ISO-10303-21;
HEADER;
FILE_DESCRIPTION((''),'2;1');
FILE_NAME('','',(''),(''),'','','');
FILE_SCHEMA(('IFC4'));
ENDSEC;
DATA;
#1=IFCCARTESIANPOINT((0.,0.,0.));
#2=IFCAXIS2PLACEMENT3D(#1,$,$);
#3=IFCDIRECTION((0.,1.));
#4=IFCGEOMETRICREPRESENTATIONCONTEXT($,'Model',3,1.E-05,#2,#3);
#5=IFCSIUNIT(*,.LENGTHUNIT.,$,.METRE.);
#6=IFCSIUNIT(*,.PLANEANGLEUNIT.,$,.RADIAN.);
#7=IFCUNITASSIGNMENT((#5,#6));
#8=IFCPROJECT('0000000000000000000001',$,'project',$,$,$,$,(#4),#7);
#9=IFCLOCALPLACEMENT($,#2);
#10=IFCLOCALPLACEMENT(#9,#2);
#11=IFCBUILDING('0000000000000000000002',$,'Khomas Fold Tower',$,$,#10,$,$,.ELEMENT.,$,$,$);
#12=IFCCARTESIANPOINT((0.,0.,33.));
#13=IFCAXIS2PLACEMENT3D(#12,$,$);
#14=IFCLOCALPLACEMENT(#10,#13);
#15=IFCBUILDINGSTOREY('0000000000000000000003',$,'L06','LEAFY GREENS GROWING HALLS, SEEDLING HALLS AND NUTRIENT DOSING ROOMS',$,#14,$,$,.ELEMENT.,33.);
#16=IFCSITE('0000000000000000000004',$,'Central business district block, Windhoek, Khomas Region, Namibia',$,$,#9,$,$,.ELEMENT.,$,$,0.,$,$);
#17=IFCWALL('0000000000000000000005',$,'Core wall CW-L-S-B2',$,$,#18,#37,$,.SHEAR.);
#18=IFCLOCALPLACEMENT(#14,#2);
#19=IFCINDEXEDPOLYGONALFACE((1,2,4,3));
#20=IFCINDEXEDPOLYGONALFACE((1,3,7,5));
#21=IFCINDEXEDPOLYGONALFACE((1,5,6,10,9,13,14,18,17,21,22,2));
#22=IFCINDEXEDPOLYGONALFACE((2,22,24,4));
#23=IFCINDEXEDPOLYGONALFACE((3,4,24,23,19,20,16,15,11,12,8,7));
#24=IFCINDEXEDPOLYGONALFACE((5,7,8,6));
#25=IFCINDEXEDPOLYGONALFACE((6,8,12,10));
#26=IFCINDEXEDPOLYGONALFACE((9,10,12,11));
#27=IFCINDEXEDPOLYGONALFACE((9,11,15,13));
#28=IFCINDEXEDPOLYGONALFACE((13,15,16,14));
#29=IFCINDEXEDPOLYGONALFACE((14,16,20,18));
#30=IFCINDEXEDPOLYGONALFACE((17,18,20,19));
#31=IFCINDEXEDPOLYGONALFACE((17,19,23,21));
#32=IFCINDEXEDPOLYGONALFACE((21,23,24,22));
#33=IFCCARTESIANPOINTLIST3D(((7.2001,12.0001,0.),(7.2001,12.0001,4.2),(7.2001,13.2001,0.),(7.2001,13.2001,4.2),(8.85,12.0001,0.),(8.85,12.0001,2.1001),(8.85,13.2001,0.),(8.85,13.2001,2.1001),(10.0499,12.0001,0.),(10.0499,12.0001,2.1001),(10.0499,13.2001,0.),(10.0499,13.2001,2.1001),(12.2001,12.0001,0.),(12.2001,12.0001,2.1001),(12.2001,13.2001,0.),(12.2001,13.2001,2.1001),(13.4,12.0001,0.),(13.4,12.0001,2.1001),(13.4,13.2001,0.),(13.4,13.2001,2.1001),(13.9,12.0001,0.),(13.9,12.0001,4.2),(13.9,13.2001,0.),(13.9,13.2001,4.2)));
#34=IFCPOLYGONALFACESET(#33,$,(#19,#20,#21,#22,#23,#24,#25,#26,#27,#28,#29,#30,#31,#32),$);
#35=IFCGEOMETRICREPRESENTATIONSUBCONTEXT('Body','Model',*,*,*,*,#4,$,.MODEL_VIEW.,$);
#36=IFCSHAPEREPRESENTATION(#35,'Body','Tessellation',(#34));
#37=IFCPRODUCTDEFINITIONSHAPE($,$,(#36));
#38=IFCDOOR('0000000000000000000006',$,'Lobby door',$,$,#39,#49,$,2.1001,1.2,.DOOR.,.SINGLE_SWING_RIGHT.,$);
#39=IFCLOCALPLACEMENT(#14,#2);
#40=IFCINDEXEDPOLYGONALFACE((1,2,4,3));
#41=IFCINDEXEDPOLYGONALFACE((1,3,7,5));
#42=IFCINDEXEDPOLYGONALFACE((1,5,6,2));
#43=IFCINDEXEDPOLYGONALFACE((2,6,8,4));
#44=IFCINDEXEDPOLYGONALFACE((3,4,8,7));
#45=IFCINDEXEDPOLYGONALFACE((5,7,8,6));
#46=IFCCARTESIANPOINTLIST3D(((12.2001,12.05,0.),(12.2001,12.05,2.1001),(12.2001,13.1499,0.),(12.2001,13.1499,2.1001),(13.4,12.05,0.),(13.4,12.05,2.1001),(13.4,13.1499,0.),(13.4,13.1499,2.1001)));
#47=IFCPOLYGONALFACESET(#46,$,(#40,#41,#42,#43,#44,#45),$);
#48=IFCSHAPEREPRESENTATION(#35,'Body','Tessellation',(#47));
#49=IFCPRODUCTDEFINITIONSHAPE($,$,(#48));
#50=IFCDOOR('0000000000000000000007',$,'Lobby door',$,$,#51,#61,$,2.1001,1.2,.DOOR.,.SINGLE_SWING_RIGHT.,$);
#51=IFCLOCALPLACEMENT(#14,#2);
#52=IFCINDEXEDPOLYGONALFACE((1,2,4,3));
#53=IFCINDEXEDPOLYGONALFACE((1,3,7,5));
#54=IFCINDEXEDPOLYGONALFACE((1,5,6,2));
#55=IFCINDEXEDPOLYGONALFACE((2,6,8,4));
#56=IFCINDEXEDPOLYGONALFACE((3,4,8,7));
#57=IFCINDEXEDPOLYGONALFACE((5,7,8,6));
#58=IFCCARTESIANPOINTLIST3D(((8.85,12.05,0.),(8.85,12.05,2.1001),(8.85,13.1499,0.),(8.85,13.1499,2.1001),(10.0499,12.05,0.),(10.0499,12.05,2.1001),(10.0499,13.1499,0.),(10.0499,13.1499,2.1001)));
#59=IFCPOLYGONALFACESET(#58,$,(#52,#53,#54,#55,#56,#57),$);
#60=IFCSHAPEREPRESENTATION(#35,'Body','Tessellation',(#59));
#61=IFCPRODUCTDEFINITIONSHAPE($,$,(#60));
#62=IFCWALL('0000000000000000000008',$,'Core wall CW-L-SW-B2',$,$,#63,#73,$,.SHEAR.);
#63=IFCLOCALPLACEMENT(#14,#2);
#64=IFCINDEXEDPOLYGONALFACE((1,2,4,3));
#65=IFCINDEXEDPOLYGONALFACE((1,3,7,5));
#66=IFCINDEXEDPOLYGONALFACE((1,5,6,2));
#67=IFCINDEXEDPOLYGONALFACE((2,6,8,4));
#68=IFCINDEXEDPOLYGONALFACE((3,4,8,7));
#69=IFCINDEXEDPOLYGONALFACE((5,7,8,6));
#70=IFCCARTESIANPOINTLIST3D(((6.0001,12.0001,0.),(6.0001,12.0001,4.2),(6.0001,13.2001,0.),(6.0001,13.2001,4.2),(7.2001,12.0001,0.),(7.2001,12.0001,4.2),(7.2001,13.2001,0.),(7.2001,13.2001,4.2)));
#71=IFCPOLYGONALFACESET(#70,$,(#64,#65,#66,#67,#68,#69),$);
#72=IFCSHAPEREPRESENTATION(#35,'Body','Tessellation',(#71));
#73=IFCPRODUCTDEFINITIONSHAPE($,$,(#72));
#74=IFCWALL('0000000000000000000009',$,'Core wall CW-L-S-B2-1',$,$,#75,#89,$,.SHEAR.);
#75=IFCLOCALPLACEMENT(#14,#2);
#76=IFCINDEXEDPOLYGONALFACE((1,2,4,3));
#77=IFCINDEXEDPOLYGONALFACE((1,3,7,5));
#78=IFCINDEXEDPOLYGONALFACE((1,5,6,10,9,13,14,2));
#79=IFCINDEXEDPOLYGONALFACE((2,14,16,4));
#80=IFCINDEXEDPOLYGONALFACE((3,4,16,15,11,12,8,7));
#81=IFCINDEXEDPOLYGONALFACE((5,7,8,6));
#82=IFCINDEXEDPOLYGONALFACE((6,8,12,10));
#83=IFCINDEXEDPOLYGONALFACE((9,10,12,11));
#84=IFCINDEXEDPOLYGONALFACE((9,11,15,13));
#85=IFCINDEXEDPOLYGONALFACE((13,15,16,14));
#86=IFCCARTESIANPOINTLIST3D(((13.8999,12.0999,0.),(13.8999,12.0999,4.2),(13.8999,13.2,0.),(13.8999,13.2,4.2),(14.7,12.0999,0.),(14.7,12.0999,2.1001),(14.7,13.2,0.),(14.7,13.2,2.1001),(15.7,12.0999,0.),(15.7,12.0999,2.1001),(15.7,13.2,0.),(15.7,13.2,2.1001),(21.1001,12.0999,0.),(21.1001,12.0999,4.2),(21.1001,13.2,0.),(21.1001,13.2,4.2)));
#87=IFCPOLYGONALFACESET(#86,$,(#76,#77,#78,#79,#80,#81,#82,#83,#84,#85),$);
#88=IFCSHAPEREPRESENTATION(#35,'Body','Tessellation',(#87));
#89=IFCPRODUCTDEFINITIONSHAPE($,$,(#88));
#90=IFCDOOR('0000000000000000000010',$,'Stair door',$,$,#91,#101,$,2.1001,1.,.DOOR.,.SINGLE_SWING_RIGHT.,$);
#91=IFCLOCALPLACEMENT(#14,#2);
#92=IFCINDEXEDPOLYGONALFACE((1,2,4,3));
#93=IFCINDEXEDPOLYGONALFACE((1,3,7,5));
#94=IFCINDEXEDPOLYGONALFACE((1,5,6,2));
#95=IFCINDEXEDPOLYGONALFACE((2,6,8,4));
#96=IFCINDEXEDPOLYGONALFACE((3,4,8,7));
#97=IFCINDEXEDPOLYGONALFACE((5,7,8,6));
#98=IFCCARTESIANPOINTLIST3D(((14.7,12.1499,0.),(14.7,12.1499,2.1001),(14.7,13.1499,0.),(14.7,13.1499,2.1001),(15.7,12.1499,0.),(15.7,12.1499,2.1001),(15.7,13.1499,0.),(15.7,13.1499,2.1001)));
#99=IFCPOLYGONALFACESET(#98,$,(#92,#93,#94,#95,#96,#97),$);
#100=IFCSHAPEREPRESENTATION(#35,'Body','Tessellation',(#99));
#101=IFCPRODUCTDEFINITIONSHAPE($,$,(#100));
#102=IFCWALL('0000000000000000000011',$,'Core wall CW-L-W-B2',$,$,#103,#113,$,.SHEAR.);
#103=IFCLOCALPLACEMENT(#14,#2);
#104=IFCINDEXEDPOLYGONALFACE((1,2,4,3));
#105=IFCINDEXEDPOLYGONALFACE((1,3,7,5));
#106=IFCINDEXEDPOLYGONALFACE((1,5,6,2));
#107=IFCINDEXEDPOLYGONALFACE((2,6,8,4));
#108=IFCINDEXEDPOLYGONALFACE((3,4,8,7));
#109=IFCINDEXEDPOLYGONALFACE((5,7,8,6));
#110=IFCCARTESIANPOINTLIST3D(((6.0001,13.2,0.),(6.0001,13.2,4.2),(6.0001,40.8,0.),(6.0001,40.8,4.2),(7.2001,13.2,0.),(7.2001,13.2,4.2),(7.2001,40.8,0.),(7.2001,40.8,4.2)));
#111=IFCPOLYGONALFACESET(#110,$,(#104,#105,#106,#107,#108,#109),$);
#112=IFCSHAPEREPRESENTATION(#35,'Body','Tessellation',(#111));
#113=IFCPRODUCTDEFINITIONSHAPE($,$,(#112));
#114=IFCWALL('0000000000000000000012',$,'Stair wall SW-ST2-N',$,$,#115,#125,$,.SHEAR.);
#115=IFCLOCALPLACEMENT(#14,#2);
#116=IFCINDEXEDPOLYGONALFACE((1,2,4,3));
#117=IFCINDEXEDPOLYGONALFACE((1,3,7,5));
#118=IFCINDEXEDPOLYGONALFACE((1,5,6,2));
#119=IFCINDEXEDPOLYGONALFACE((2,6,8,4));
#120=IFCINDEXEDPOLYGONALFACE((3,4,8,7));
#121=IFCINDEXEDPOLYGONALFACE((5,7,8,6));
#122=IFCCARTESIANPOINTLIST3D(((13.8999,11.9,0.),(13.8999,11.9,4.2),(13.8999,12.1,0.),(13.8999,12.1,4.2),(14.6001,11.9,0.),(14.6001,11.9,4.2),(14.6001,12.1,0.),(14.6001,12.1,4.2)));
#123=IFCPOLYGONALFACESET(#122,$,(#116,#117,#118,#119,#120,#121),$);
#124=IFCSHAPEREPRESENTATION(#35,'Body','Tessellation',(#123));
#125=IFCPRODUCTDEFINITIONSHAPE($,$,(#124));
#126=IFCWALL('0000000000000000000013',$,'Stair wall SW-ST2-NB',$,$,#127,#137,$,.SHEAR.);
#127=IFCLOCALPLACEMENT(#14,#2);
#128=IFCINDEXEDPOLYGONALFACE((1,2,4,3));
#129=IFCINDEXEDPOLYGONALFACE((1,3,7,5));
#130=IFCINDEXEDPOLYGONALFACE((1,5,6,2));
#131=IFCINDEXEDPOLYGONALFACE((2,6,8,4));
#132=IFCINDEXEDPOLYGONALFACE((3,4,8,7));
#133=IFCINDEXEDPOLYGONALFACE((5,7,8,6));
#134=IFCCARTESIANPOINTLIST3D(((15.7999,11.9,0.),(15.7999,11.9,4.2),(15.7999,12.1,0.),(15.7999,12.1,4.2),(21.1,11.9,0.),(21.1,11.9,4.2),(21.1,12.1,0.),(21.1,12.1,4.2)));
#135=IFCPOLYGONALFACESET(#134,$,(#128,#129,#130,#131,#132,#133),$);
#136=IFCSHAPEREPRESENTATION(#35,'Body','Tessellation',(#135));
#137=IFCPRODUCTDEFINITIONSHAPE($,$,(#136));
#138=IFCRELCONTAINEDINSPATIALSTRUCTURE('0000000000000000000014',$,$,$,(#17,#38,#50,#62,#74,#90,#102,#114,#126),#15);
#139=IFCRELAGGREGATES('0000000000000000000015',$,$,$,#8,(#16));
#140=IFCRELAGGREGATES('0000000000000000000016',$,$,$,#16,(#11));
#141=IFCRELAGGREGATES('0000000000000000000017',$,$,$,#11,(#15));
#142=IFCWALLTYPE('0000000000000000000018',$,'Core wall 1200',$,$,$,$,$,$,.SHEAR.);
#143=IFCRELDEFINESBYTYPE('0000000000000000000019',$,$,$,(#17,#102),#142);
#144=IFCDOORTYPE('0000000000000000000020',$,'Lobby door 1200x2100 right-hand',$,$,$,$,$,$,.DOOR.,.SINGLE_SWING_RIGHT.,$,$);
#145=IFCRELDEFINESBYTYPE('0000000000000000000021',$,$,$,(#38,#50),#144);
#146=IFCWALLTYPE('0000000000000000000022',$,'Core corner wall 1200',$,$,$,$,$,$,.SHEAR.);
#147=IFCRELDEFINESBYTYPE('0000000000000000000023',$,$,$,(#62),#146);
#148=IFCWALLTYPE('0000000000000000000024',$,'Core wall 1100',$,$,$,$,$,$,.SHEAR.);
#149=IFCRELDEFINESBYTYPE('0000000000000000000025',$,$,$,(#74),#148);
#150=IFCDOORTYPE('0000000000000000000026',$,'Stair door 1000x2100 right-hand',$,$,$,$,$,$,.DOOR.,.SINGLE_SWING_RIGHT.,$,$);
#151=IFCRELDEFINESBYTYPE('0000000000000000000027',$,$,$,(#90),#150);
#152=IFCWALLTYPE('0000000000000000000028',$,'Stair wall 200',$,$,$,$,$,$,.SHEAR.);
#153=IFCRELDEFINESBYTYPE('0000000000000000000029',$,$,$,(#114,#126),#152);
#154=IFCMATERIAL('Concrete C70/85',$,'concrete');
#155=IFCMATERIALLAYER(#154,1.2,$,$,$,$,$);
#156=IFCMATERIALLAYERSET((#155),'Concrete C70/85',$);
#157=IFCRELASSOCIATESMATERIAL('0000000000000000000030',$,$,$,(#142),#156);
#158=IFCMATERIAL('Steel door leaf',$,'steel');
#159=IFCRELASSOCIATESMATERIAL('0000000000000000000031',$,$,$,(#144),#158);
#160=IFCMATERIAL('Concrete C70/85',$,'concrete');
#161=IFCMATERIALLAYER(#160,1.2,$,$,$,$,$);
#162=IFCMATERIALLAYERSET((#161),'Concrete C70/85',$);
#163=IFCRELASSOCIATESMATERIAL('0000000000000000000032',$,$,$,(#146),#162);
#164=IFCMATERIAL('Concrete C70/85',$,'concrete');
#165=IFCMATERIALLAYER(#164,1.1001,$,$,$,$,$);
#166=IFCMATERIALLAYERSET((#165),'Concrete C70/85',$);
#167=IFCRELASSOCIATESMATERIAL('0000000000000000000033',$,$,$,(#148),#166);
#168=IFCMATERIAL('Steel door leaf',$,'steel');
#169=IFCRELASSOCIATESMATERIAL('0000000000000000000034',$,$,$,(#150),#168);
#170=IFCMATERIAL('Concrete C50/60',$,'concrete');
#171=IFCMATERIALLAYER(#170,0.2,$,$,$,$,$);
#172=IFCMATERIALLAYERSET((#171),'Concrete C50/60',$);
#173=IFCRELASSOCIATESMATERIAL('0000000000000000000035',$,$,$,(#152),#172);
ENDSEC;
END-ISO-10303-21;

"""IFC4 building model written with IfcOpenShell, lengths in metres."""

from ifc_helpers import new_model, si_unit, direction, frame, frame_2d, origin, place, context, subcontext, project, spatial, rectangle, extrude, source, transform, mapped, material, layer, layer_set, type_object, element, fill, save


model = new_model("IFC4")

# Units and contexts
model_context = context("Model", 3, precision=1e-05, world=origin(), true_north=direction((0.0, 1.0)))
body_context = subcontext(model_context, "Body", "Model", "MODEL_VIEW")
ifc_project = project(units=[si_unit("LENGTHUNIT", "METRE"), si_unit("PLANEANGLEUNIT", "RADIAN")], contexts=[model_context])

# Site, building, storey
site_placement = place(None, origin())
site = spatial("IfcSite", under=ifc_project, at=site_placement, Name="Central business district block, Windhoek, Khomas Region, Namibia", CompositionType="ELEMENT", RefElevation=0.0)
building_placement = place(site_placement, origin())
building = spatial("IfcBuilding", under=site, at=building_placement, Name="Khomas Fold Tower", CompositionType="ELEMENT")
storey_placement = place(building_placement, frame((0.0, 0.0, 33.0)))
storey = spatial("IfcBuildingStorey", under=building, at=storey_placement, Name="L06", Description="LEAFY GREENS GROWING HALLS, SEEDLING HALLS AND NUTRIENT DOSING ROOMS", CompositionType="ELEMENT", Elevation=33.0)

# Wall, openings, doors
ifc_material_1 = material(Name="Concrete C70/85", Category="concrete")
ifc_layer_1 = layer(ifc_material_1, 1.2)
ifc_layer_set_1 = layer_set([ifc_layer_1], Name="Concrete C70/85")
wall_type_1 = type_object("IfcWallType", Name="Core wall 1200", PredefinedType="SHEAR", material=ifc_layer_set_1)
shared_shape_1 = source(origin(), body_context, "Body", "SweptSolid", [
    extrude(rectangle(XDim=6.7, YDim=1.2, at=frame_2d((3.3501, 0.0))), origin(), (0.0, 0.0, 1.0), 4.2),
])
wall_1_placement = place(storey_placement, frame((7.2, 12.6001, 0.0), z_axis=(0.0, 0.0, 1.0), x_axis=(1.0, 0.0, 0.0)))
wall_1 = element("IfcWall", 1, at=wall_1_placement, inside=storey, type_object=wall_type_1, Name="Core wall CW-L-S-B2", PredefinedType="SHEAR", context=body_context, shape_type="MappedRepresentation", body=[
    mapped(shared_shape_1, transform((0.0, 0.0, 0.0))),
])
shared_shape_2 = source(origin(), body_context, "Body", "SweptSolid", [
    extrude(rectangle(XDim=1.2, YDim=2.1001, at=frame_2d((0.6001, 1.05))), frame((0.0, 0.6099, 0.0), z_axis=(0.0, -1.0, 0.0), x_axis=(1.0, 0.0, 0.0)), (0.0, 0.0, 1.0), 1.22),
])
opening_1_placement = place(wall_1_placement, frame((5.0, 0.0, 0.0)))
opening_1 = element("IfcOpeningElement", 2, at=opening_1_placement, cuts=wall_1, PredefinedType="OPENING", context=body_context, shape_type="MappedRepresentation", body=[
    mapped(shared_shape_2, transform((0.0, 0.0, 0.0))),
])
opening_2_placement = place(wall_1_placement, frame((1.6499, 0.0, 0.0)))
opening_2 = element("IfcOpeningElement", 3, at=opening_2_placement, cuts=wall_1, PredefinedType="OPENING", context=body_context, shape_type="MappedRepresentation", body=[
    mapped(shared_shape_2, transform((0.0, 0.0, 0.0))),
])
ifc_material_2 = material(Name="Steel door leaf", Category="steel")
door_type_1 = type_object("IfcDoorType", Name="Lobby door 1200x2100 right-hand", OperationType="SINGLE_SWING_RIGHT", PredefinedType="DOOR", material=ifc_material_2)
shared_shape_3 = source(origin(), body_context, "Body", "SweptSolid", [
    extrude(rectangle(XDim=1.2, YDim=2.1001, at=frame_2d((0.6001, 1.05))), frame((0.0, 0.5498, 0.0), z_axis=(0.0, -1.0, 0.0), x_axis=(1.0, 0.0, 0.0)), (0.0, 0.0, 1.0), 1.0999),
])
door_1_placement = place(opening_1_placement, origin())
door_1 = element("IfcDoor", 4, at=door_1_placement, inside=storey, type_object=door_type_1, Name="Lobby door", OperationType="SINGLE_SWING_RIGHT", OverallHeight=2.1001, OverallWidth=1.2, PredefinedType="DOOR", context=body_context, shape_type="MappedRepresentation", body=[
    mapped(shared_shape_3, transform((0.0, 0.0, 0.0))),
])
fill(opening_1, door_1)
door_2_placement = place(opening_2_placement, origin())
door_2 = element("IfcDoor", 5, at=door_2_placement, inside=storey, type_object=door_type_1, Name="Lobby door", OperationType="SINGLE_SWING_RIGHT", OverallHeight=2.1001, OverallWidth=1.2, PredefinedType="DOOR", context=body_context, shape_type="MappedRepresentation", body=[
    mapped(shared_shape_3, transform((0.0, 0.0, 0.0))),
])
fill(opening_2, door_2)

# Wall
ifc_material_3 = material(Name="Concrete C70/85", Category="concrete")
ifc_layer_2 = layer(ifc_material_3, 1.2)
ifc_layer_set_2 = layer_set([ifc_layer_2], Name="Concrete C70/85")
wall_type_2 = type_object("IfcWallType", Name="Core corner wall 1200", PredefinedType="SHEAR", material=ifc_layer_set_2)
shared_shape_4 = source(origin(), body_context, "Body", "SweptSolid", [
    extrude(rectangle(XDim=1.2, YDim=1.2, at=frame_2d((0.6001, 0.0))), origin(), (0.0, 0.0, 1.0), 4.2),
])
wall_2_placement = place(storey_placement, frame((6.0, 12.6001, 0.0), z_axis=(0.0, 0.0, 1.0), x_axis=(1.0, 0.0, 0.0)))
element("IfcWall", 6, at=wall_2_placement, inside=storey, type_object=wall_type_2, Name="Core wall CW-L-SW-B2", PredefinedType="SHEAR", context=body_context, shape_type="MappedRepresentation", body=[
    mapped(shared_shape_4, transform((0.0, 0.0, 0.0))),
])

# Wall, opening, door
ifc_material_4 = material(Name="Concrete C70/85", Category="concrete")
ifc_layer_3 = layer(ifc_material_4, 1.1001)
ifc_layer_set_3 = layer_set([ifc_layer_3], Name="Concrete C70/85")
wall_type_3 = type_object("IfcWallType", Name="Core wall 1100", PredefinedType="SHEAR", material=ifc_layer_set_3)
shared_shape_5 = source(origin(), body_context, "Body", "SweptSolid", [
    extrude(rectangle(XDim=7.2002, YDim=1.1001, at=frame_2d((3.6001, 0.0))), origin(), (0.0, 0.0, 1.0), 4.2),
])
wall_3_placement = place(storey_placement, frame((13.8999, 12.6499, 0.0), z_axis=(0.0, 0.0, 1.0), x_axis=(1.0, 0.0, 0.0)))
wall_3 = element("IfcWall", 7, at=wall_3_placement, inside=storey, type_object=wall_type_3, Name="Core wall CW-L-S-B2-1", PredefinedType="SHEAR", context=body_context, shape_type="MappedRepresentation", body=[
    mapped(shared_shape_5, transform((0.0, 0.0, 0.0))),
])
shared_shape_6 = source(origin(), body_context, "Body", "SweptSolid", [
    extrude(rectangle(XDim=1.0, YDim=2.1001, at=frame_2d((0.5, 1.05))), frame((0.0, 0.5601, 0.0), z_axis=(0.0, -1.0, 0.0), x_axis=(1.0, 0.0, 0.0)), (0.0, 0.0, 1.0), 1.1201),
])
opening_3_placement = place(wall_3_placement, frame((0.8, 0.0, 0.0)))
opening_3 = element("IfcOpeningElement", 8, at=opening_3_placement, cuts=wall_3, PredefinedType="OPENING", context=body_context, shape_type="MappedRepresentation", body=[
    mapped(shared_shape_6, transform((0.0, 0.0, 0.0))),
])
ifc_material_5 = material(Name="Steel door leaf", Category="steel")
door_type_2 = type_object("IfcDoorType", Name="Stair door 1000x2100 right-hand", OperationType="SINGLE_SWING_RIGHT", PredefinedType="DOOR", material=ifc_material_5)
shared_shape_7 = source(origin(), body_context, "Body", "SweptSolid", [
    extrude(rectangle(XDim=1.0, YDim=2.1001, at=frame_2d((0.5, 1.05))), frame((0.0, 0.5, 0.0), z_axis=(0.0, -1.0, 0.0), x_axis=(1.0, 0.0, 0.0)), (0.0, 0.0, 1.0), 1.0),
])
door_3_placement = place(opening_3_placement, origin())
door_3 = element("IfcDoor", 9, at=door_3_placement, inside=storey, type_object=door_type_2, Name="Stair door", OperationType="SINGLE_SWING_RIGHT", OverallHeight=2.1001, OverallWidth=1.0, PredefinedType="DOOR", context=body_context, shape_type="MappedRepresentation", body=[
    mapped(shared_shape_7, transform((0.0, 0.0, 0.0))),
])
fill(opening_3, door_3)

# Walls
shared_shape_8 = source(origin(), body_context, "Body", "SweptSolid", [
    extrude(rectangle(XDim=27.6001, YDim=1.2, at=frame_2d((13.8, 0.0))), origin(), (0.0, 0.0, 1.0), 4.2),
])
wall_4_placement = place(storey_placement, frame((6.6001, 13.2, 0.0), z_axis=(0.0, 0.0, 1.0), x_axis=(0.0, 1.0, 0.0)))
element("IfcWall", 10, at=wall_4_placement, inside=storey, type_object=wall_type_1, Name="Core wall CW-L-W-B2", PredefinedType="SHEAR", context=body_context, shape_type="MappedRepresentation", body=[
    mapped(shared_shape_8, transform((0.0, 0.0, 0.0))),
])
ifc_material_6 = material(Name="Concrete C50/60", Category="concrete")
ifc_layer_4 = layer(ifc_material_6, 0.2)
ifc_layer_set_4 = layer_set([ifc_layer_4], Name="Concrete C50/60")
wall_type_4 = type_object("IfcWallType", Name="Stair wall 200", PredefinedType="SHEAR", material=ifc_layer_set_4)
shared_shape_9 = source(origin(), body_context, "Body", "SweptSolid", [
    extrude(rectangle(XDim=0.7002, YDim=0.2, at=frame_2d((0.3501, 0.0))), origin(), (0.0, 0.0, 1.0), 4.2),
])
wall_5_placement = place(storey_placement, frame((13.8999, 12.0, 0.0), z_axis=(0.0, 0.0, 1.0), x_axis=(1.0, 0.0, 0.0)))
element("IfcWall", 11, at=wall_5_placement, inside=storey, type_object=wall_type_4, Name="Stair wall SW-ST2-N", PredefinedType="SHEAR", context=body_context, shape_type="MappedRepresentation", body=[
    mapped(shared_shape_9, transform((0.0, 0.0, 0.0))),
])
shared_shape_10 = source(origin(), body_context, "Body", "SweptSolid", [
    extrude(rectangle(XDim=5.3, YDim=0.2, at=frame_2d((2.6499, 0.0))), origin(), (0.0, 0.0, 1.0), 4.2),
])
wall_6_placement = place(storey_placement, frame((15.8, 12.0, 0.0), z_axis=(0.0, 0.0, 1.0), x_axis=(1.0, 0.0, 0.0)))
element("IfcWall", 12, at=wall_6_placement, inside=storey, type_object=wall_type_4, Name="Stair wall SW-ST2-NB", PredefinedType="SHEAR", context=body_context, shape_type="MappedRepresentation", body=[
    mapped(shared_shape_10, transform((0.0, 0.0, 0.0))),
])

save(model, "model.ifc")
